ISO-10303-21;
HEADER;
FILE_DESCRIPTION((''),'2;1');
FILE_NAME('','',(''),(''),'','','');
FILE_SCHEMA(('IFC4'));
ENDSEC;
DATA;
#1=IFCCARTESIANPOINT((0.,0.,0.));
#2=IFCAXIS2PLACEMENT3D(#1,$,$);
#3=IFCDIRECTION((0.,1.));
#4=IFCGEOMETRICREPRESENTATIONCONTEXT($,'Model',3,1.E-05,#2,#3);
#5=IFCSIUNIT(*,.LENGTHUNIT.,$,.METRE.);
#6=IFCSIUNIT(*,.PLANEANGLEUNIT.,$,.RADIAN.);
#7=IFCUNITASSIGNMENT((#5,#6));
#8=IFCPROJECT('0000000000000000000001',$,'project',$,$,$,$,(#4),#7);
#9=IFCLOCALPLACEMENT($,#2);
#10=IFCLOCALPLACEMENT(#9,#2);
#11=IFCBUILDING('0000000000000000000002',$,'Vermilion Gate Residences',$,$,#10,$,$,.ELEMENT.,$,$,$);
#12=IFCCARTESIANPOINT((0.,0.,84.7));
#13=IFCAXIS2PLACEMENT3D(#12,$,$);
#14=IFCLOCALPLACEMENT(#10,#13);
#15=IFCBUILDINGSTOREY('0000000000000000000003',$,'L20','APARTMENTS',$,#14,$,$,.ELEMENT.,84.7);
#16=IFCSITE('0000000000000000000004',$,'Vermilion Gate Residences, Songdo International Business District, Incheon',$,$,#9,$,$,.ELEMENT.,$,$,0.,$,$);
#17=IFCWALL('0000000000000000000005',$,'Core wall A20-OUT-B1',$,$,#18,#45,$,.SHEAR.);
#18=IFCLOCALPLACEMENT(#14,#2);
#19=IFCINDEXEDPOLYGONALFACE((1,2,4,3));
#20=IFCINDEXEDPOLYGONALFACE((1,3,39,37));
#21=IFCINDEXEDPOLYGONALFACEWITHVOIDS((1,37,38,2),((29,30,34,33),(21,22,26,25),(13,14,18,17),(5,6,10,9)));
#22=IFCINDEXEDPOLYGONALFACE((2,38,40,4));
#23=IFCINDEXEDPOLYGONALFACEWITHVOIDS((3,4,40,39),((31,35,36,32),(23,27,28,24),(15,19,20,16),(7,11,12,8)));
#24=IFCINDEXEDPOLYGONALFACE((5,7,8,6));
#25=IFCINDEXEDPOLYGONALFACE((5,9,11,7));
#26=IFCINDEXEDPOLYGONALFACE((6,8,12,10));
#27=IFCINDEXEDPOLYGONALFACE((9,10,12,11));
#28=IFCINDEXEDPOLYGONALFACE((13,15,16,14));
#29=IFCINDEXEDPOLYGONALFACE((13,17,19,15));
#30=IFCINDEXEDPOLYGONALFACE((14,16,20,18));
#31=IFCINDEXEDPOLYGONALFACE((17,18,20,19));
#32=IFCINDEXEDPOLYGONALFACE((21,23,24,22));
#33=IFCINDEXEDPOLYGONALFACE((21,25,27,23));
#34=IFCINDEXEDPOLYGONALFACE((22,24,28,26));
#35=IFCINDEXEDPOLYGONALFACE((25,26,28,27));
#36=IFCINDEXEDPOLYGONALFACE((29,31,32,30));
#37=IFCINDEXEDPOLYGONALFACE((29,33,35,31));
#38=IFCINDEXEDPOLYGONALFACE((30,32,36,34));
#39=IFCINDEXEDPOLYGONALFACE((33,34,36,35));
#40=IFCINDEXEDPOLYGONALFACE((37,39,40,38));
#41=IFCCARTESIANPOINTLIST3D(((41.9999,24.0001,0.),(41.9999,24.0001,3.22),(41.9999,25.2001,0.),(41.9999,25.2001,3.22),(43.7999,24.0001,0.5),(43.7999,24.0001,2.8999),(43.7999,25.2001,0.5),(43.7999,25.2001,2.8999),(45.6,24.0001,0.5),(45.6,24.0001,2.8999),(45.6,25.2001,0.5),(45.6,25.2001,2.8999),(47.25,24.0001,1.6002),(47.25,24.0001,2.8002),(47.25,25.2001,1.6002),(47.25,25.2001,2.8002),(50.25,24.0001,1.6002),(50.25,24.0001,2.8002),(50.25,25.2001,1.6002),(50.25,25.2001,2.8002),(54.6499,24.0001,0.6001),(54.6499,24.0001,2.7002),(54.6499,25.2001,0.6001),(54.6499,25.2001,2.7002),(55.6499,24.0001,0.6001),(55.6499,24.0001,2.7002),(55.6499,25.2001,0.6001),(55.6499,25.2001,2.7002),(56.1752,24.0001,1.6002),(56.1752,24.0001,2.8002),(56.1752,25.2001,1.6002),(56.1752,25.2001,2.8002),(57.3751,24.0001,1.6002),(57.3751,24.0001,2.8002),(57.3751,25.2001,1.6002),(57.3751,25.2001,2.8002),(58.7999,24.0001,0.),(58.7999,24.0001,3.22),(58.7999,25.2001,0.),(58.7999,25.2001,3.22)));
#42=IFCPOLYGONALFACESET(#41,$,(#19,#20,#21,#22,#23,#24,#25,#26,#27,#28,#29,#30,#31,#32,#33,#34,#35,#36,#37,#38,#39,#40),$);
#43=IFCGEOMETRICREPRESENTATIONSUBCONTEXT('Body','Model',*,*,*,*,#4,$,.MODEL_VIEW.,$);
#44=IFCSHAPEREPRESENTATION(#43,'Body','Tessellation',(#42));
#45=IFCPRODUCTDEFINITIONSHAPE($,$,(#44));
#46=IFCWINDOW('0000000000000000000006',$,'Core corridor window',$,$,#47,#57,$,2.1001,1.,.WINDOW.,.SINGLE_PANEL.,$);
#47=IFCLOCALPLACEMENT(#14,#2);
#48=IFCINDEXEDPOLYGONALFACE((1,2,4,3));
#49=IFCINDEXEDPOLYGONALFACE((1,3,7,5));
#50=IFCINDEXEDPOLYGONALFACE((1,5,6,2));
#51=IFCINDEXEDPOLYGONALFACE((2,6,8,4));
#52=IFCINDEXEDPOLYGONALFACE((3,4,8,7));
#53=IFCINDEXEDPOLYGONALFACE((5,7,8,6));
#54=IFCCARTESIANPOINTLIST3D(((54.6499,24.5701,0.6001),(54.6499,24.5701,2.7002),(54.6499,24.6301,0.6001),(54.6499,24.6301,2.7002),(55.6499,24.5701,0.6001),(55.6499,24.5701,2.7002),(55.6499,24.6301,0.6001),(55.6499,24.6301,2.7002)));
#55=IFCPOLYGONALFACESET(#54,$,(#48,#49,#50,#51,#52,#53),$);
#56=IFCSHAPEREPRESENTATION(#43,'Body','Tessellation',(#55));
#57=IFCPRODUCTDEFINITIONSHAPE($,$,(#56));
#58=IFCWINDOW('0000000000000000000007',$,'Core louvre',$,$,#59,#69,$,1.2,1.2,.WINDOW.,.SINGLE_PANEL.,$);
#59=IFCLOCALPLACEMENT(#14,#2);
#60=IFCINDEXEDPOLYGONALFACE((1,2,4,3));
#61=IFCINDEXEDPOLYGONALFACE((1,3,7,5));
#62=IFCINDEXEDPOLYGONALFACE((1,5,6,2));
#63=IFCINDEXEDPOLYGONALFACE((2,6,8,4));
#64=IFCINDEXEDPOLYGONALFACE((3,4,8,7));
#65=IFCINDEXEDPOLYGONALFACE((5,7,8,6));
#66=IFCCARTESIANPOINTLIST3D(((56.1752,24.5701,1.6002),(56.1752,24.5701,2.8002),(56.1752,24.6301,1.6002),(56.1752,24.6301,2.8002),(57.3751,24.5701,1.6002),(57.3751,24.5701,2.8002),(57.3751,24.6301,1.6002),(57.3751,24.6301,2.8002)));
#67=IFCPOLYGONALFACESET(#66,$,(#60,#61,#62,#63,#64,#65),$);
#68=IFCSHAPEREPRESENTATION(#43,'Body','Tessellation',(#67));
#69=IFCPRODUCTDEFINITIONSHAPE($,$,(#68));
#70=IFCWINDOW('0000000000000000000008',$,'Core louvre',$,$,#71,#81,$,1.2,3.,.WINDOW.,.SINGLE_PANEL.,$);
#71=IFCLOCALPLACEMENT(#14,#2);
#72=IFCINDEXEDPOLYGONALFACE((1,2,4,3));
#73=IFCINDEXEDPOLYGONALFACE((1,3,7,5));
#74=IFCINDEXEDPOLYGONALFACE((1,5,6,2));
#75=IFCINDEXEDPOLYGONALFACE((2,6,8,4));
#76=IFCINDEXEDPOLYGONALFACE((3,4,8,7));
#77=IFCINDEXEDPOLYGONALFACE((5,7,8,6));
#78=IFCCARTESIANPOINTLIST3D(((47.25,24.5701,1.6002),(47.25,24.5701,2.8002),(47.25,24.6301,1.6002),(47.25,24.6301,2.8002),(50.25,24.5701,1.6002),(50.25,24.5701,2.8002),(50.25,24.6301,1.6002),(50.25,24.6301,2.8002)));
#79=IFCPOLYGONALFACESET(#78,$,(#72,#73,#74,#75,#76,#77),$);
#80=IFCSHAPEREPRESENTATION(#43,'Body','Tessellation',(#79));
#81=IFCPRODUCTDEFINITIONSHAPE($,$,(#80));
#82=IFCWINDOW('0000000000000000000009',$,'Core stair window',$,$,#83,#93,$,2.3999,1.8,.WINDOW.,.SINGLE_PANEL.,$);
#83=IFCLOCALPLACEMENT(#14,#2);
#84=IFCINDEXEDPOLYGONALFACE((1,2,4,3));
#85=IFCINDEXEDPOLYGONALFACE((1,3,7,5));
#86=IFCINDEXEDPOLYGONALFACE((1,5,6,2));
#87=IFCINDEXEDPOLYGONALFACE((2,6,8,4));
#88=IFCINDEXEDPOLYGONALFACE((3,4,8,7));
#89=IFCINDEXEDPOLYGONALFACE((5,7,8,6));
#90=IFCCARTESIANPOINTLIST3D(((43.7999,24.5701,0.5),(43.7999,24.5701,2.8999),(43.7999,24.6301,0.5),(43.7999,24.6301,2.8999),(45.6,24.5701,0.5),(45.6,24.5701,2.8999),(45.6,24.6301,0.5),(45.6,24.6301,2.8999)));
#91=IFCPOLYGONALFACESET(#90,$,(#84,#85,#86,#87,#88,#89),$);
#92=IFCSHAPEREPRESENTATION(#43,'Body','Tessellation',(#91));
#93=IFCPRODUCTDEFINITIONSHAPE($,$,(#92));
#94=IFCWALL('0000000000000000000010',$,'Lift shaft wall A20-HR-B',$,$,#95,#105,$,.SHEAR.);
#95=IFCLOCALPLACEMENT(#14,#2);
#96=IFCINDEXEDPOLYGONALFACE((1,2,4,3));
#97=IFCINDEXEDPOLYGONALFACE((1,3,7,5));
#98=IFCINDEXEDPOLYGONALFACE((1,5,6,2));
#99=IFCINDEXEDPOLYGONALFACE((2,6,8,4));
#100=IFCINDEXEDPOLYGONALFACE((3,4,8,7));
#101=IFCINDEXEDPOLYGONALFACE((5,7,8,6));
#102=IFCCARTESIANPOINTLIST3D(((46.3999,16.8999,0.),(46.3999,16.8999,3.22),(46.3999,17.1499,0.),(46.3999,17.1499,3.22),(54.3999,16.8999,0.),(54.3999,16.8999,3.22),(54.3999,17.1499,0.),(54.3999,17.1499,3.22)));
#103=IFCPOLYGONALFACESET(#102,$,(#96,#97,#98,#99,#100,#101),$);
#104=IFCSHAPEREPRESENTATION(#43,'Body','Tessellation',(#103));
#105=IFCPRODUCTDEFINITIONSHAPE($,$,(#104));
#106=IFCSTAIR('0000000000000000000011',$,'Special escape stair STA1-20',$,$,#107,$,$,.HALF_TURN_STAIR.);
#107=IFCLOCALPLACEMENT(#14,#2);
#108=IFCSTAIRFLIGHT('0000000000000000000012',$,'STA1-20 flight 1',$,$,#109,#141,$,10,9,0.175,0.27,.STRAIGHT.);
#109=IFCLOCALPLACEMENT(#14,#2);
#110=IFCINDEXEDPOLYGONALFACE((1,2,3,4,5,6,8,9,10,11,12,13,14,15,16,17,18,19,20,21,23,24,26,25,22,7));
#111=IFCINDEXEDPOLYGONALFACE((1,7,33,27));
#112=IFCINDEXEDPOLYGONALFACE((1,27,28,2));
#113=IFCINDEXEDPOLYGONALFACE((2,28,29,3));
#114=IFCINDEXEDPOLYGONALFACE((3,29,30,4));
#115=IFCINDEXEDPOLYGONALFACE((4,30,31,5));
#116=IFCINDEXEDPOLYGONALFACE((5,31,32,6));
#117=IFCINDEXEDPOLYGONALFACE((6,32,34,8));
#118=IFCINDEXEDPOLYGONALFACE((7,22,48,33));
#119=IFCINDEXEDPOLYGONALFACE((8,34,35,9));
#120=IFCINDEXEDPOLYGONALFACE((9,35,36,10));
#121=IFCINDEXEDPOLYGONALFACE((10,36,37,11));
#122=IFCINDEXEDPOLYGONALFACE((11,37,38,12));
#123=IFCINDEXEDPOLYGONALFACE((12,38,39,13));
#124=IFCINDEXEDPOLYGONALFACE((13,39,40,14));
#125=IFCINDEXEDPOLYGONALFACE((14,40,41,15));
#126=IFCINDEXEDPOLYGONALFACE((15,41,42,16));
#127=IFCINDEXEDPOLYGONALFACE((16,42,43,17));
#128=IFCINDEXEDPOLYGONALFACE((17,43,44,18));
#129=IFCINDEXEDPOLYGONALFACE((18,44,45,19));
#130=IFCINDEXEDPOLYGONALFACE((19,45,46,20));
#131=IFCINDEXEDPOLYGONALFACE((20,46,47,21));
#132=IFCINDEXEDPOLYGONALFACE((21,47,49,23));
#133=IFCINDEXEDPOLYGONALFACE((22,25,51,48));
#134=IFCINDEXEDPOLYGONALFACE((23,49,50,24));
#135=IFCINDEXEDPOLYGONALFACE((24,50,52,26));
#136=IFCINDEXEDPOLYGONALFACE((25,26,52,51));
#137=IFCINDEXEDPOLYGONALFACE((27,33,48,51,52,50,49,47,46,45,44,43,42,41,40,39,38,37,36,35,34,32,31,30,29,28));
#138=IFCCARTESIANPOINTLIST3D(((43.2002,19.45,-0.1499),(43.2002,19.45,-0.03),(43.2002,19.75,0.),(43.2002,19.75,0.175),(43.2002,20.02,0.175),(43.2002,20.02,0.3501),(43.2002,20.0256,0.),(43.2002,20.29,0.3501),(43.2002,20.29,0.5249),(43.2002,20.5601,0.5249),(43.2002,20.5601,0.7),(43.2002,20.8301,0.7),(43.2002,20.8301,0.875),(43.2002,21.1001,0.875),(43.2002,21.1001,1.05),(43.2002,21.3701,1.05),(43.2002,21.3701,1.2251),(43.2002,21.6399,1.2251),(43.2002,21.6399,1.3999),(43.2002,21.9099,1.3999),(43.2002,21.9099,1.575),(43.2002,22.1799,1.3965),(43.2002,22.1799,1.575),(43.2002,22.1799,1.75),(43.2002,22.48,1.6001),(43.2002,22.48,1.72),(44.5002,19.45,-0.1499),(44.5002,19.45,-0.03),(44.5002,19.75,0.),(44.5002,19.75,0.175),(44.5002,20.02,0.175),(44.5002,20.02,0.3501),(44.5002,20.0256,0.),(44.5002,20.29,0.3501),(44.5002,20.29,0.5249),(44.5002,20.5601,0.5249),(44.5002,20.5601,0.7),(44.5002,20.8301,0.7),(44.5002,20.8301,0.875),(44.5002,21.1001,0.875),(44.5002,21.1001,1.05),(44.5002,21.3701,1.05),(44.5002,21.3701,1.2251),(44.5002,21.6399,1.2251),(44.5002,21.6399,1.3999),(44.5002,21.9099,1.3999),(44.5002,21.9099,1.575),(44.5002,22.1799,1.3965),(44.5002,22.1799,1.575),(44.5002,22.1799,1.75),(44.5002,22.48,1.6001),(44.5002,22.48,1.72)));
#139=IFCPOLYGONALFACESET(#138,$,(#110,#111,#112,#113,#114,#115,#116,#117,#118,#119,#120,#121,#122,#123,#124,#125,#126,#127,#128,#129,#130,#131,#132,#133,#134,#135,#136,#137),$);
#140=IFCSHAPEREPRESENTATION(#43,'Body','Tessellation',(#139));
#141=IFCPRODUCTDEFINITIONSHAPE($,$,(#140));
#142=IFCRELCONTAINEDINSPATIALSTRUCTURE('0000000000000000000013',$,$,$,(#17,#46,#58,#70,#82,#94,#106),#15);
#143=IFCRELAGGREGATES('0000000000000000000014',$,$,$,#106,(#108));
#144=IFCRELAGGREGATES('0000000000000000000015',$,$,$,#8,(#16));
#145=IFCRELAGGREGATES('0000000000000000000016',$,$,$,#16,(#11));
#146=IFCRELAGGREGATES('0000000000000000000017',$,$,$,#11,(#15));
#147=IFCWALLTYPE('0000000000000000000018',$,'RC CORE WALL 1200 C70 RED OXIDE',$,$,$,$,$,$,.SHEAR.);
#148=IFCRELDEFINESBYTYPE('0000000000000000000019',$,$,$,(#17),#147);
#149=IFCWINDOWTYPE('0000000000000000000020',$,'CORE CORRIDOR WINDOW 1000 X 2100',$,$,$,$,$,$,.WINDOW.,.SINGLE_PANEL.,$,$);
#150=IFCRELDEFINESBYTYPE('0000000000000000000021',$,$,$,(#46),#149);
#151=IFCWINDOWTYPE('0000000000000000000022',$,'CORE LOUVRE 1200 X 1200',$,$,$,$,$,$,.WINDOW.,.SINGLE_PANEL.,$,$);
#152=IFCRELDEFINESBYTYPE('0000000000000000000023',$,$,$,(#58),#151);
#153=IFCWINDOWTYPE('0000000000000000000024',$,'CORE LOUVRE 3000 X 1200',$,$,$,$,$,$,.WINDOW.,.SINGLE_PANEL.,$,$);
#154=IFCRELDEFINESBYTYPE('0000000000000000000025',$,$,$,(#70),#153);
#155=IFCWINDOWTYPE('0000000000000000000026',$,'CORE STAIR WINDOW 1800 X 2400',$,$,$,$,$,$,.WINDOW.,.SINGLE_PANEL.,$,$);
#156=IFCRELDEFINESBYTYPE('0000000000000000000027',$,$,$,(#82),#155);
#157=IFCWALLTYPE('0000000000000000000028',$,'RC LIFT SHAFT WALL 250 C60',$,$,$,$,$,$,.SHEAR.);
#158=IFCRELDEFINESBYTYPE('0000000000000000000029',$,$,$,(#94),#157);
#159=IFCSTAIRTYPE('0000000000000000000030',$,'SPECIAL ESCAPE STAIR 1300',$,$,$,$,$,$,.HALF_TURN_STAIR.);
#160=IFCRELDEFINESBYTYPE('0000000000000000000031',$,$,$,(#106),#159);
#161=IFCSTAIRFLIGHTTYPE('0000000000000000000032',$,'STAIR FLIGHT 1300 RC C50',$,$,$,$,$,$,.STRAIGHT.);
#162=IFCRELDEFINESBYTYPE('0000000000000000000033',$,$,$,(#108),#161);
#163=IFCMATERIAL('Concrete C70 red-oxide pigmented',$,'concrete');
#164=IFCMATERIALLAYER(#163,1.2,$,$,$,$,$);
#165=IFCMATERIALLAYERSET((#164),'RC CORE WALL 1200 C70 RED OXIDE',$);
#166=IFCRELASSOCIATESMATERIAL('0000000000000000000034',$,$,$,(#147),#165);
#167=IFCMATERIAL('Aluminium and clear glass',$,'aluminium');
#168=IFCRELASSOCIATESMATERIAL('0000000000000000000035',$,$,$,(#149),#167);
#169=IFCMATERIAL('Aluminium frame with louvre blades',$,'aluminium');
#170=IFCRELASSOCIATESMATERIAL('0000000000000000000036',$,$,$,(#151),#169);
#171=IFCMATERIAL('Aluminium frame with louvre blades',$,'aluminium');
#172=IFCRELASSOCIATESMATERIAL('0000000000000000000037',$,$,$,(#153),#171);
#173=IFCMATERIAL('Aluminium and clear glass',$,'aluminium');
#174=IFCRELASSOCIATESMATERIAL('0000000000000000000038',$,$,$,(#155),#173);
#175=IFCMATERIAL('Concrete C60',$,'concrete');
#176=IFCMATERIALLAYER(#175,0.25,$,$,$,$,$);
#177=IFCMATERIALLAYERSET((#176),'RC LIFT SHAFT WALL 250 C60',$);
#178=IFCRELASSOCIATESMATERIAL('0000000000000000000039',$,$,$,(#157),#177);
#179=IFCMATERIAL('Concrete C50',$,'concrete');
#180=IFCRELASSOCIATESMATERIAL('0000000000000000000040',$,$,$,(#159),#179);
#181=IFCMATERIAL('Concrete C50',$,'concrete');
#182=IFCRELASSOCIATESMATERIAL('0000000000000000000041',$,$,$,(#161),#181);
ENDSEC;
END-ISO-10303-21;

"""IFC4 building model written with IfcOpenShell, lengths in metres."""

from ifc_helpers import new_model, si_unit, direction, frame, frame_2d, origin, place, context, subcontext, project, spatial, polyline, rectangle, outline, extrude, material, layer, layer_set, type_object, element, fill, aggregate, save


model = new_model("IFC4")

# Units and contexts
model_context = context("Model", 3, precision=1e-05, world=origin(), true_north=direction((0.0, 1.0)))
body_context = subcontext(model_context, "Body", "Model", "MODEL_VIEW")
ifc_project = project(units=[si_unit("LENGTHUNIT", "METRE"), si_unit("PLANEANGLEUNIT", "RADIAN")], contexts=[model_context])

# Site, building, storey
site_placement = place(None, origin())
site = spatial("IfcSite", under=ifc_project, at=site_placement, Name="Vermilion Gate Residences, Songdo International Business District, Incheon", CompositionType="ELEMENT", RefElevation=0.0)
building_placement = place(site_placement, origin())
building = spatial("IfcBuilding", under=site, at=building_placement, Name="Vermilion Gate Residences", CompositionType="ELEMENT")
storey_placement = place(building_placement, frame((0.0, 0.0, 84.7)))
storey = spatial("IfcBuildingStorey", under=building, at=storey_placement, Name="L20", Description="APARTMENTS", CompositionType="ELEMENT", Elevation=84.7)

# Wall, openings, windows
ifc_material_1 = material(Name="Concrete C70 red-oxide pigmented", Category="concrete")
ifc_layer_1 = layer(ifc_material_1, 1.2)
ifc_layer_set_1 = layer_set([ifc_layer_1], Name="RC CORE WALL 1200 C70 RED OXIDE")
wall_type_1 = type_object("IfcWallType", Name="RC CORE WALL 1200 C70 RED OXIDE", PredefinedType="SHEAR", material=ifc_layer_set_1)
wall_1_placement = place(storey_placement, frame((42.0, 24.6001, 0.0), z_axis=(0.0, 0.0, 1.0), x_axis=(1.0, 0.0, 0.0)))
wall_1 = element("IfcWall", 1, at=wall_1_placement, inside=storey, type_object=wall_type_1, Name="Core wall A20-OUT-B1", PredefinedType="SHEAR", context=body_context, shape_type="SweptSolid", body=[
    extrude(rectangle(XDim=16.8, YDim=1.2, at=frame_2d((8.3999, 0.0))), origin(), (0.0, 0.0, 1.0), 3.22),
])
opening_1_placement = place(wall_1_placement, frame((1.8, 0.0, 0.5)))
opening_1 = element("IfcOpeningElement", 2, at=opening_1_placement, cuts=wall_1, PredefinedType="OPENING", context=body_context, shape_type="SweptSolid", body=[
    extrude(rectangle(XDim=1.8, YDim=2.3999, at=frame_2d((0.8999, 1.2))), frame((0.0, 0.6099, 0.0), z_axis=(0.0, -1.0, 0.0), x_axis=(1.0, 0.0, 0.0)), (0.0, 0.0, 1.0), 1.22),
])
opening_2_placement = place(wall_1_placement, frame((5.25, 0.0, 1.6001)))
opening_2 = element("IfcOpeningElement", 3, at=opening_2_placement, cuts=wall_1, PredefinedType="OPENING", context=body_context, shape_type="SweptSolid", body=[
    extrude(rectangle(XDim=3.0, YDim=1.2, at=frame_2d((1.5, 0.6001))), frame((0.0, 0.6099, 0.0), z_axis=(0.0, -1.0, 0.0), x_axis=(1.0, 0.0, 0.0)), (0.0, 0.0, 1.0), 1.22),
])
opening_3_placement = place(wall_1_placement, frame((12.6499, 0.0, 0.6001)))
opening_3 = element("IfcOpeningElement", 4, at=opening_3_placement, cuts=wall_1, PredefinedType="OPENING", context=body_context, shape_type="SweptSolid", body=[
    extrude(rectangle(XDim=1.0, YDim=2.1001, at=frame_2d((0.5, 1.05))), frame((0.0, 0.6099, 0.0), z_axis=(0.0, -1.0, 0.0), x_axis=(1.0, 0.0, 0.0)), (0.0, 0.0, 1.0), 1.22),
])
opening_4_placement = place(wall_1_placement, frame((14.175, 0.0, 1.6001)))
opening_4 = element("IfcOpeningElement", 5, at=opening_4_placement, cuts=wall_1, PredefinedType="OPENING", context=body_context, shape_type="SweptSolid", body=[
    extrude(rectangle(XDim=1.2, YDim=1.2, at=frame_2d((0.6001, 0.6001))), frame((0.0, 0.6099, 0.0), z_axis=(0.0, -1.0, 0.0), x_axis=(1.0, 0.0, 0.0)), (0.0, 0.0, 1.0), 1.22),
])
ifc_material_2 = material(Name="Aluminium and clear glass", Category="aluminium")
window_type_1 = type_object("IfcWindowType", Name="CORE CORRIDOR WINDOW 1000 X 2100", PartitioningType="SINGLE_PANEL", PredefinedType="WINDOW", material=ifc_material_2)
window_1_placement = place(opening_3_placement, origin())
window_1 = element("IfcWindow", 6, at=window_1_placement, inside=storey, type_object=window_type_1, Name="Core corridor window", OverallHeight=2.1001, OverallWidth=1.0, PartitioningType="SINGLE_PANEL", PredefinedType="WINDOW", context=body_context, shape_type="SweptSolid", body=[
    extrude(rectangle(XDim=1.0, YDim=2.1001, at=frame_2d((0.5, 1.05))), frame((0.0, 0.03, 0.0), z_axis=(0.0, -1.0, 0.0), x_axis=(1.0, 0.0, 0.0)), (0.0, 0.0, 1.0), 0.0601),
])
fill(opening_3, window_1)
ifc_material_3 = material(Name="Aluminium frame with louvre blades", Category="aluminium")
window_type_2 = type_object("IfcWindowType", Name="CORE LOUVRE 1200 X 1200", PartitioningType="SINGLE_PANEL", PredefinedType="WINDOW", material=ifc_material_3)
window_2_placement = place(opening_4_placement, origin())
window_2 = element("IfcWindow", 7, at=window_2_placement, inside=storey, type_object=window_type_2, Name="Core louvre", OverallHeight=1.2, OverallWidth=1.2, PartitioningType="SINGLE_PANEL", PredefinedType="WINDOW", context=body_context, shape_type="SweptSolid", body=[
    extrude(rectangle(XDim=1.2, YDim=1.2, at=frame_2d((0.6001, 0.6001))), frame((0.0, 0.03, 0.0), z_axis=(0.0, -1.0, 0.0), x_axis=(1.0, 0.0, 0.0)), (0.0, 0.0, 1.0), 0.0601),
])
fill(opening_4, window_2)
ifc_material_4 = material(Name="Aluminium frame with louvre blades", Category="aluminium")
window_type_3 = type_object("IfcWindowType", Name="CORE LOUVRE 3000 X 1200", PartitioningType="SINGLE_PANEL", PredefinedType="WINDOW", material=ifc_material_4)
window_3_placement = place(opening_2_placement, origin())
window_3 = element("IfcWindow", 8, at=window_3_placement, inside=storey, type_object=window_type_3, Name="Core louvre", OverallHeight=1.2, OverallWidth=3.0, PartitioningType="SINGLE_PANEL", PredefinedType="WINDOW", context=body_context, shape_type="SweptSolid", body=[
    extrude(rectangle(XDim=3.0, YDim=1.2, at=frame_2d((1.5, 0.6001))), frame((0.0, 0.03, 0.0), z_axis=(0.0, -1.0, 0.0), x_axis=(1.0, 0.0, 0.0)), (0.0, 0.0, 1.0), 0.0601),
])
fill(opening_2, window_3)
ifc_material_5 = material(Name="Aluminium and clear glass", Category="aluminium")
window_type_4 = type_object("IfcWindowType", Name="CORE STAIR WINDOW 1800 X 2400", PartitioningType="SINGLE_PANEL", PredefinedType="WINDOW", material=ifc_material_5)
window_4_placement = place(opening_1_placement, origin())
window_4 = element("IfcWindow", 9, at=window_4_placement, inside=storey, type_object=window_type_4, Name="Core stair window", OverallHeight=2.3999, OverallWidth=1.8, PartitioningType="SINGLE_PANEL", PredefinedType="WINDOW", context=body_context, shape_type="SweptSolid", body=[
    extrude(rectangle(XDim=1.8, YDim=2.3999, at=frame_2d((0.8999, 1.2))), frame((0.0, 0.03, 0.0), z_axis=(0.0, -1.0, 0.0), x_axis=(1.0, 0.0, 0.0)), (0.0, 0.0, 1.0), 0.0601),
])
fill(opening_1, window_4)

# Wall
ifc_material_6 = material(Name="Concrete C60", Category="concrete")
ifc_layer_2 = layer(ifc_material_6, 0.25)
ifc_layer_set_2 = layer_set([ifc_layer_2], Name="RC LIFT SHAFT WALL 250 C60")
wall_type_2 = type_object("IfcWallType", Name="RC LIFT SHAFT WALL 250 C60", PredefinedType="SHEAR", material=ifc_layer_set_2)
wall_2_placement = place(storey_placement, frame((46.3999, 17.0249, 0.0), z_axis=(0.0, 0.0, 1.0), x_axis=(1.0, 0.0, 0.0)))
element("IfcWall", 10, at=wall_2_placement, inside=storey, type_object=wall_type_2, Name="Lift shaft wall A20-HR-B", PredefinedType="SHEAR", context=body_context, shape_type="SweptSolid", body=[
    extrude(rectangle(XDim=8.0, YDim=0.25, at=frame_2d((4.0, 0.0))), origin(), (0.0, 0.0, 1.0), 3.22),
])

# Stair, stair flight
ifc_material_7 = material(Name="Concrete C50", Category="concrete")
stair_type = type_object("IfcStairType", Name="SPECIAL ESCAPE STAIR 1300", PredefinedType="HALF_TURN_STAIR", material=ifc_material_7)
stair_placement = place(storey_placement, origin())
stair = element("IfcStair", 11, at=stair_placement, inside=storey, type_object=stair_type, Name="Special escape stair STA1-20", PredefinedType="HALF_TURN_STAIR")
ifc_material_8 = material(Name="Concrete C50", Category="concrete")
stair_flight_type = type_object("IfcStairFlightType", Name="STAIR FLIGHT 1300 RC C50", PredefinedType="STRAIGHT", material=ifc_material_8)
stair_flight_1_placement = place(storey_placement, frame((43.8501, 19.75, 0.0), z_axis=(0.0, 0.0, 1.0), x_axis=(0.0, 1.0, 0.0)))
stair_flight_1 = element("IfcStairFlight", 12, at=stair_flight_1_placement, type_object=stair_flight_type, Name="STA1-20 flight 1", NumberOfRisers=10, NumberOfTreads=9, PredefinedType="STRAIGHT", RiserHeight=0.175, TreadLength=0.27, context=body_context, shape_type="SweptSolid", body=[
    extrude(outline(polyline([(-0.3, -0.1499), (-0.3, -0.03), (0.0, 0.0), (0.0, 0.175), (0.27, 0.175), (0.27, 0.3501), (0.54, 0.3501), (0.54, 0.5249), (0.8101, 0.5249), (0.8101, 0.7), (1.0801, 0.7), (1.0801, 0.875), (1.3501, 0.875), (1.3501, 1.05), (1.6201, 1.05), (1.6201, 1.2251), (1.8899, 1.2251), (1.8899, 1.3999), (2.1599, 1.3999), (2.1599, 1.575), (2.4299, 1.575), (2.4299, 1.75), (2.73, 1.72), (2.73, 1.6001), (2.4299, 1.3965), (0.2756, 0.0), (-0.3, -0.1499)])), frame((0.0, 0.6499, 0.0), z_axis=(0.0, -1.0, 0.0), x_axis=(1.0, 0.0, 0.0)), (0.0, 0.0, 1.0), 1.3),
])
aggregate(stair, [stair_flight_1])

save(model, "model.ifc")
